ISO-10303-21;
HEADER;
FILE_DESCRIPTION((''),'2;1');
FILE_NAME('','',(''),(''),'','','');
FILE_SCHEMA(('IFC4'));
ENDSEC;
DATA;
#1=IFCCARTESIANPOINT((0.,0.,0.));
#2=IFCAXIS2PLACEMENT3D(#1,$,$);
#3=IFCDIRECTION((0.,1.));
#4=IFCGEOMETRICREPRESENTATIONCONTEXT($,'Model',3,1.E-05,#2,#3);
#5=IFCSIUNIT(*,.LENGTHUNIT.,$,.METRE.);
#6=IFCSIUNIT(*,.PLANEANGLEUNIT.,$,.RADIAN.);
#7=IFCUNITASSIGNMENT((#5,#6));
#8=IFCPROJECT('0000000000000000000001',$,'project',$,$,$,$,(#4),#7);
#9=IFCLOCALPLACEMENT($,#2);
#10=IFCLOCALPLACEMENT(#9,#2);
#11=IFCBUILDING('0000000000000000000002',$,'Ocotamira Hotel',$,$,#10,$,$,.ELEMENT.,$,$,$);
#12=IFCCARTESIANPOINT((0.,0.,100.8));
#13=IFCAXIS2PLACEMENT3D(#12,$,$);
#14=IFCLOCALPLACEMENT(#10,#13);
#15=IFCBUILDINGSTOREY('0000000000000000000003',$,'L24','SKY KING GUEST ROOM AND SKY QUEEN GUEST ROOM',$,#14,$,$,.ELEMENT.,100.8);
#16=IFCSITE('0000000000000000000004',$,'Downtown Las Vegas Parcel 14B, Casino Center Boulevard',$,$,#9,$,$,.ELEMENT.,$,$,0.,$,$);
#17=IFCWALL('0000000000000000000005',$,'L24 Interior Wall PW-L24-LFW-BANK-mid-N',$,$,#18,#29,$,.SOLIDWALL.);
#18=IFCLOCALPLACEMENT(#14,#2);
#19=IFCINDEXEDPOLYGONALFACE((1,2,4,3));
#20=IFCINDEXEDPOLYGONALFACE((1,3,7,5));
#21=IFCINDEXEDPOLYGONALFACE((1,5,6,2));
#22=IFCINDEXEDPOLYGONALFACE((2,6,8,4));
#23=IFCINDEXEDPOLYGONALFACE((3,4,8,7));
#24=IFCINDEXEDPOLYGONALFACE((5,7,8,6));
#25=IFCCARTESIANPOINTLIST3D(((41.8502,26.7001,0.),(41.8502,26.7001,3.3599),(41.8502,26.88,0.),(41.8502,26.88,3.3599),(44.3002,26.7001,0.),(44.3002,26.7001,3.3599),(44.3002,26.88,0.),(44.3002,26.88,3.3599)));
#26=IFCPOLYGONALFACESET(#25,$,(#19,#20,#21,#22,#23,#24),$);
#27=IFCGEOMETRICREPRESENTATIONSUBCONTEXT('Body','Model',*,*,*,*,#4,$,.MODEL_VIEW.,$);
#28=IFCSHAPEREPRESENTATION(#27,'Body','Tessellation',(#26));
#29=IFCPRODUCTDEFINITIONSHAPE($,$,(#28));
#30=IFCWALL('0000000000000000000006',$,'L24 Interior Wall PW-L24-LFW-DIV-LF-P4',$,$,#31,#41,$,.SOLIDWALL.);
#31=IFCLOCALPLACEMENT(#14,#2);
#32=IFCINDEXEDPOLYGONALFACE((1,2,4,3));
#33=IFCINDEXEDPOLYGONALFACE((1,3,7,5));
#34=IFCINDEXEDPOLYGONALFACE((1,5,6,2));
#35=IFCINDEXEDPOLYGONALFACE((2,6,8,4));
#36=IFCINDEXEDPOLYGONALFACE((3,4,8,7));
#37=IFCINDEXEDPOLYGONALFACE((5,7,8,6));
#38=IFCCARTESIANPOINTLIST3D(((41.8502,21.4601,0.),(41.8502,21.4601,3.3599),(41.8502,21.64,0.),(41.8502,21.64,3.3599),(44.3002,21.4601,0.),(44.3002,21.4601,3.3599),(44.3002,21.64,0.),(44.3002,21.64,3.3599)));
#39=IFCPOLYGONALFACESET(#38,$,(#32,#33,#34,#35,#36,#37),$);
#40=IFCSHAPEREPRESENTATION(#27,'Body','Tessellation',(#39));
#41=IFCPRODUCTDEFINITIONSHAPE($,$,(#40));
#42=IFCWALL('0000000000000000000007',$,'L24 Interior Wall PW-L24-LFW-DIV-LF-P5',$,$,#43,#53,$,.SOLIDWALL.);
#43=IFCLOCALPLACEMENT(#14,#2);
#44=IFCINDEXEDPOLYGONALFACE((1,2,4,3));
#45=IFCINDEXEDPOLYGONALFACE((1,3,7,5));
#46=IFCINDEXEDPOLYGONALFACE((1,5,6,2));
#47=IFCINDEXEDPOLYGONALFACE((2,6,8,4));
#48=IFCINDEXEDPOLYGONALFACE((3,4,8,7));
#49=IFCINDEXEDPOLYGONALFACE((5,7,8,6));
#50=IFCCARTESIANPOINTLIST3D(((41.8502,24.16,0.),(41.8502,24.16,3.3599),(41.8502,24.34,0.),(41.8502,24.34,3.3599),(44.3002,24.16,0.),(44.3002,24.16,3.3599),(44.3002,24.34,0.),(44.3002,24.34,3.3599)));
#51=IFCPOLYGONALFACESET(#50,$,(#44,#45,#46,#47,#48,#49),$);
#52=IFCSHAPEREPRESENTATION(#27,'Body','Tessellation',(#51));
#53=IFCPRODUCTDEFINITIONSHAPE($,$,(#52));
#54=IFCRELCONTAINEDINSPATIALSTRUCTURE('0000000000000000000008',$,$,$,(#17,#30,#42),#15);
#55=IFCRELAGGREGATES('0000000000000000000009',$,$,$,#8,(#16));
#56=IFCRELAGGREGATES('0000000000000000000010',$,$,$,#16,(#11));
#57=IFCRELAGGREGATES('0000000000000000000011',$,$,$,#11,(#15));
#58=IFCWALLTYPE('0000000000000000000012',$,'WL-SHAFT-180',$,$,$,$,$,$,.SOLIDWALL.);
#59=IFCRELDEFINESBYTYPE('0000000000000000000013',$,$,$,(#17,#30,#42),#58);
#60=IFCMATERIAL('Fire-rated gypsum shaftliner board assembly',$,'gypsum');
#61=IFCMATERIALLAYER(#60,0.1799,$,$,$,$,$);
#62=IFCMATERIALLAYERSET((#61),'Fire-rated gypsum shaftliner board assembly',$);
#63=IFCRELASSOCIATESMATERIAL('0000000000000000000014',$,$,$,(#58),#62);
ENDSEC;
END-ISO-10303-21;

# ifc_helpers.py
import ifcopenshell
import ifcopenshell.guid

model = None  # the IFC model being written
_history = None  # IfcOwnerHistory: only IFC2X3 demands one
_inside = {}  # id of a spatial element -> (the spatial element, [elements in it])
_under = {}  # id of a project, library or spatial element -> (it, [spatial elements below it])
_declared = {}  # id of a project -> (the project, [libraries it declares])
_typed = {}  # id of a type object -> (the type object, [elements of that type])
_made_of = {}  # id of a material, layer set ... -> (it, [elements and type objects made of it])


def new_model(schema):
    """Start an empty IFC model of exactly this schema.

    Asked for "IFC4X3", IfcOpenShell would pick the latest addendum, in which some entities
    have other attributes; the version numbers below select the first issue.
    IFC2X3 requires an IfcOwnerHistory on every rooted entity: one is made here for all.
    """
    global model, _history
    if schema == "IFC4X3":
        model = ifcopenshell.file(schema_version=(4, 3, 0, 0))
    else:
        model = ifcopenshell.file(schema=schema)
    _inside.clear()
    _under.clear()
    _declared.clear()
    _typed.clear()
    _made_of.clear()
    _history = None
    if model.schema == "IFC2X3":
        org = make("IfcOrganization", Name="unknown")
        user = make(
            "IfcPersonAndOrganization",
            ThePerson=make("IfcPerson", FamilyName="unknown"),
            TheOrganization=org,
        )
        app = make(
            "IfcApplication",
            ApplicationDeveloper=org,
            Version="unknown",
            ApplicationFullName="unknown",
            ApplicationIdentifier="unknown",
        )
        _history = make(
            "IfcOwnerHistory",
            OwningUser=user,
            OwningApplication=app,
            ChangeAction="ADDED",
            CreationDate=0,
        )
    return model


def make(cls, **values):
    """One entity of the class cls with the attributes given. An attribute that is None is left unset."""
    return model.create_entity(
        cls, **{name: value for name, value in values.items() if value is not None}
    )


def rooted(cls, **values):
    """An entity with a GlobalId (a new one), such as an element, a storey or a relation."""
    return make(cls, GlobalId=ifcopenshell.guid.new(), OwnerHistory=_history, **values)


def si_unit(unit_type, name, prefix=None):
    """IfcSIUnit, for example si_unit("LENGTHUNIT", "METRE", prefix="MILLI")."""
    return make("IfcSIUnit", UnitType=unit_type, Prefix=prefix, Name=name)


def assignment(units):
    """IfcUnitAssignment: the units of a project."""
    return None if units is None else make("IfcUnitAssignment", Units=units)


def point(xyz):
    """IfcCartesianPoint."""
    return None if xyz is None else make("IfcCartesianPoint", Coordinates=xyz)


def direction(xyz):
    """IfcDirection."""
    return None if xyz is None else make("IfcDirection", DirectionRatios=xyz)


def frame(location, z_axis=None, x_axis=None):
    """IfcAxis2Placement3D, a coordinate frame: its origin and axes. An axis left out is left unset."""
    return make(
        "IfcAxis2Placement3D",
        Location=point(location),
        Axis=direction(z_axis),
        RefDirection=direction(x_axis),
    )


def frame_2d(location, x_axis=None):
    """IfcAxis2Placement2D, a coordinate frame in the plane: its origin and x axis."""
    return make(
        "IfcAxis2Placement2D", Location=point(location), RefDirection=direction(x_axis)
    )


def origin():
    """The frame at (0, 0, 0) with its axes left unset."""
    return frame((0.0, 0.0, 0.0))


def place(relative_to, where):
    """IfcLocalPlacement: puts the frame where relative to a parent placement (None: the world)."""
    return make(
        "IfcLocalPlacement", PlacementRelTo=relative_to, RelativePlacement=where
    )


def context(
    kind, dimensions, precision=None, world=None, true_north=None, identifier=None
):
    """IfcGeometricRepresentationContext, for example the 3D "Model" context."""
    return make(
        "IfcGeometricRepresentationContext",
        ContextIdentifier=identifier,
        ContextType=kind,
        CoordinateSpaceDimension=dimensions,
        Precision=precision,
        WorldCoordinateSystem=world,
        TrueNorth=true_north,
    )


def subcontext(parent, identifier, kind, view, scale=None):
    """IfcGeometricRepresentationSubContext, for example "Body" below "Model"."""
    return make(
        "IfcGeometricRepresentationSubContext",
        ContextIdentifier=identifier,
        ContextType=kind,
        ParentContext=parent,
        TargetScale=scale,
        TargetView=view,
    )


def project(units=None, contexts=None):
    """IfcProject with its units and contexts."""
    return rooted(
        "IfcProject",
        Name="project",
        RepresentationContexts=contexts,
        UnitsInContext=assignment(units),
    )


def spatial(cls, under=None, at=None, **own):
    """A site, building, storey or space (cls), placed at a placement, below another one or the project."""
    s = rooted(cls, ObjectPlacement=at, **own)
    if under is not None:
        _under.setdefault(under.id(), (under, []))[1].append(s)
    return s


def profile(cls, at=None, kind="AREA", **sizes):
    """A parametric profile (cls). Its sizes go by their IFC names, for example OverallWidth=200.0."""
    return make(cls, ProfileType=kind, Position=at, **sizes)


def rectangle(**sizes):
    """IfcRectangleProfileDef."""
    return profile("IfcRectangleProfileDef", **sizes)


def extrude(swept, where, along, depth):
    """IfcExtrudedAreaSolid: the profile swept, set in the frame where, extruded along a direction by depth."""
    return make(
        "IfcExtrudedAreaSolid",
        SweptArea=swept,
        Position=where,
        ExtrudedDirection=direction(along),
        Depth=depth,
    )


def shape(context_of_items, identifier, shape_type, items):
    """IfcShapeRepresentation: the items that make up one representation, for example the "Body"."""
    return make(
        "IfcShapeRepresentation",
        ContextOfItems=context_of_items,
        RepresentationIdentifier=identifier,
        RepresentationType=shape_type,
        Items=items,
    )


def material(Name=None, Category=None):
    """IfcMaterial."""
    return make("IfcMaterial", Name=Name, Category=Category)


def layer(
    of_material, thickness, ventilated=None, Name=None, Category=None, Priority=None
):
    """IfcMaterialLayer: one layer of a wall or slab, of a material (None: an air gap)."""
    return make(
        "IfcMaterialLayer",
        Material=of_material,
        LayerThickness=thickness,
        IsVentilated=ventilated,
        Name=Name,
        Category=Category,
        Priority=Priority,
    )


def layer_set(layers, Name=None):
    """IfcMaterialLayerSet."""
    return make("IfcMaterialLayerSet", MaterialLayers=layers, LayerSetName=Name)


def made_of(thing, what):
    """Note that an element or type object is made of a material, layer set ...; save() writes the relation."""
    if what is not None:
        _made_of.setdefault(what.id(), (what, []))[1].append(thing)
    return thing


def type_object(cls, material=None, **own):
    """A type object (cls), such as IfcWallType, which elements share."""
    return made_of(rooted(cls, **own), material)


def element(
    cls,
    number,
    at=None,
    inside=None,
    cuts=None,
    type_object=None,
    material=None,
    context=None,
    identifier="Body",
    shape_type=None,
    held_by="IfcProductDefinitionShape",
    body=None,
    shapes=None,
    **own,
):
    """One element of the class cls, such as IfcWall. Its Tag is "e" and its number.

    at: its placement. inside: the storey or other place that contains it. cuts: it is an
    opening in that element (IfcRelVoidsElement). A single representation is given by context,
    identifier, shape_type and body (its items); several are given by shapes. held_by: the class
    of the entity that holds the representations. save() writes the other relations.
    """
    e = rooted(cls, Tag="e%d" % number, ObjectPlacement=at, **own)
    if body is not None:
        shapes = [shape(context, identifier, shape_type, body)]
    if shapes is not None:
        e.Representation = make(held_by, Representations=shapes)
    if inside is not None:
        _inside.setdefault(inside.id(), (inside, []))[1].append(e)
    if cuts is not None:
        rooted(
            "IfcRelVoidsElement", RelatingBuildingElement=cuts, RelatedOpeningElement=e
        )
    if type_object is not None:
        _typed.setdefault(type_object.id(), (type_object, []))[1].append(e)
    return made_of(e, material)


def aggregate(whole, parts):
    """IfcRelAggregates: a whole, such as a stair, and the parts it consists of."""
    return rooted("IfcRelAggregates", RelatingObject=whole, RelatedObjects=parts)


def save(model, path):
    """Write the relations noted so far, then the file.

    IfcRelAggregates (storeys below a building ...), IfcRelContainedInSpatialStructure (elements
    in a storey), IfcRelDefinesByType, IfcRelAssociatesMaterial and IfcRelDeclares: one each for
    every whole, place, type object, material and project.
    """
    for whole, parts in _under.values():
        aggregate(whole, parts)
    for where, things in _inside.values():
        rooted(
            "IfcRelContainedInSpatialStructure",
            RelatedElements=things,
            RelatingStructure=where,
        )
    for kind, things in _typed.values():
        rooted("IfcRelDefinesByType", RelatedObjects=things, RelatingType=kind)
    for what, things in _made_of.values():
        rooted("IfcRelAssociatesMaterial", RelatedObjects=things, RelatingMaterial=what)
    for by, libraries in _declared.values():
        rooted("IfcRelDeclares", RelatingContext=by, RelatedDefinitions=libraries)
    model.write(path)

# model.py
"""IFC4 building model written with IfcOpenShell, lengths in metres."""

from ifc_helpers import new_model, si_unit, direction, frame, frame_2d, origin, place, context, subcontext, project, spatial, rectangle, extrude, material, layer, layer_set, type_object, element, save


model = new_model("IFC4")

# Units and contexts
model_context = context("Model", 3, precision=1e-05, world=origin(), true_north=direction((0.0, 1.0)))
body_context = subcontext(model_context, "Body", "Model", "MODEL_VIEW")
ifc_project = project(units=[si_unit("LENGTHUNIT", "METRE"), si_unit("PLANEANGLEUNIT", "RADIAN")], contexts=[model_context])

# Site, building, storey
site_placement = place(None, origin())
site = spatial("IfcSite", under=ifc_project, at=site_placement, Name="Downtown Las Vegas Parcel 14B, Casino Center Boulevard", CompositionType="ELEMENT", RefElevation=0.0)
building_placement = place(site_placement, origin())
building = spatial("IfcBuilding", under=site, at=building_placement, Name="Ocotamira Hotel", CompositionType="ELEMENT")
storey_placement = place(building_placement, frame((0.0, 0.0, 100.8)))
storey = spatial("IfcBuildingStorey", under=building, at=storey_placement, Name="L24", Description="SKY KING GUEST ROOM AND SKY QUEEN GUEST ROOM", CompositionType="ELEMENT", Elevation=100.8)

# Shared definitions
ifc_material_1 = material(Name="Fire-rated gypsum shaftliner board assembly", Category="gypsum")
ifc_layer_1 = layer(ifc_material_1, 0.1799)
ifc_layer_set_1 = layer_set([ifc_layer_1], Name="Fire-rated gypsum shaftliner board assembly")
wall_type_1 = type_object("IfcWallType", Name="WL-SHAFT-180", PredefinedType="SOLIDWALL", material=ifc_layer_set_1)

# Walls
for number, where, z_axis, x_axis, name in (
    (1, (41.8501, 26.79, 0.0), (0.0, 0.0, 1.0), (1.0, 0.0, 0.0), "L24 Interior Wall PW-L24-LFW-BANK-mid-N"),
    (2, (41.8501, 21.55, 0.0), (0.0, 0.0, 1.0), (1.0, 0.0, 0.0), "L24 Interior Wall PW-L24-LFW-DIV-LF-P4"),
    (3, (41.8501, 24.25, 0.0), (0.0, 0.0, 1.0), (1.0, 0.0, 0.0), "L24 Interior Wall PW-L24-LFW-DIV-LF-P5"),
):
    element("IfcWall", number, at=place(storey_placement, frame(where, z_axis=z_axis, x_axis=x_axis)), inside=storey, type_object=wall_type_1, Name=name, PredefinedType="SOLIDWALL", context=body_context, shape_type="SweptSolid", body=[
        extrude(rectangle(XDim=2.45, YDim=0.1799, at=frame_2d((1.2251, 0.0))), origin(), (0.0, 0.0, 1.0), 3.3599),
    ])

save(model, "model.ifc")
